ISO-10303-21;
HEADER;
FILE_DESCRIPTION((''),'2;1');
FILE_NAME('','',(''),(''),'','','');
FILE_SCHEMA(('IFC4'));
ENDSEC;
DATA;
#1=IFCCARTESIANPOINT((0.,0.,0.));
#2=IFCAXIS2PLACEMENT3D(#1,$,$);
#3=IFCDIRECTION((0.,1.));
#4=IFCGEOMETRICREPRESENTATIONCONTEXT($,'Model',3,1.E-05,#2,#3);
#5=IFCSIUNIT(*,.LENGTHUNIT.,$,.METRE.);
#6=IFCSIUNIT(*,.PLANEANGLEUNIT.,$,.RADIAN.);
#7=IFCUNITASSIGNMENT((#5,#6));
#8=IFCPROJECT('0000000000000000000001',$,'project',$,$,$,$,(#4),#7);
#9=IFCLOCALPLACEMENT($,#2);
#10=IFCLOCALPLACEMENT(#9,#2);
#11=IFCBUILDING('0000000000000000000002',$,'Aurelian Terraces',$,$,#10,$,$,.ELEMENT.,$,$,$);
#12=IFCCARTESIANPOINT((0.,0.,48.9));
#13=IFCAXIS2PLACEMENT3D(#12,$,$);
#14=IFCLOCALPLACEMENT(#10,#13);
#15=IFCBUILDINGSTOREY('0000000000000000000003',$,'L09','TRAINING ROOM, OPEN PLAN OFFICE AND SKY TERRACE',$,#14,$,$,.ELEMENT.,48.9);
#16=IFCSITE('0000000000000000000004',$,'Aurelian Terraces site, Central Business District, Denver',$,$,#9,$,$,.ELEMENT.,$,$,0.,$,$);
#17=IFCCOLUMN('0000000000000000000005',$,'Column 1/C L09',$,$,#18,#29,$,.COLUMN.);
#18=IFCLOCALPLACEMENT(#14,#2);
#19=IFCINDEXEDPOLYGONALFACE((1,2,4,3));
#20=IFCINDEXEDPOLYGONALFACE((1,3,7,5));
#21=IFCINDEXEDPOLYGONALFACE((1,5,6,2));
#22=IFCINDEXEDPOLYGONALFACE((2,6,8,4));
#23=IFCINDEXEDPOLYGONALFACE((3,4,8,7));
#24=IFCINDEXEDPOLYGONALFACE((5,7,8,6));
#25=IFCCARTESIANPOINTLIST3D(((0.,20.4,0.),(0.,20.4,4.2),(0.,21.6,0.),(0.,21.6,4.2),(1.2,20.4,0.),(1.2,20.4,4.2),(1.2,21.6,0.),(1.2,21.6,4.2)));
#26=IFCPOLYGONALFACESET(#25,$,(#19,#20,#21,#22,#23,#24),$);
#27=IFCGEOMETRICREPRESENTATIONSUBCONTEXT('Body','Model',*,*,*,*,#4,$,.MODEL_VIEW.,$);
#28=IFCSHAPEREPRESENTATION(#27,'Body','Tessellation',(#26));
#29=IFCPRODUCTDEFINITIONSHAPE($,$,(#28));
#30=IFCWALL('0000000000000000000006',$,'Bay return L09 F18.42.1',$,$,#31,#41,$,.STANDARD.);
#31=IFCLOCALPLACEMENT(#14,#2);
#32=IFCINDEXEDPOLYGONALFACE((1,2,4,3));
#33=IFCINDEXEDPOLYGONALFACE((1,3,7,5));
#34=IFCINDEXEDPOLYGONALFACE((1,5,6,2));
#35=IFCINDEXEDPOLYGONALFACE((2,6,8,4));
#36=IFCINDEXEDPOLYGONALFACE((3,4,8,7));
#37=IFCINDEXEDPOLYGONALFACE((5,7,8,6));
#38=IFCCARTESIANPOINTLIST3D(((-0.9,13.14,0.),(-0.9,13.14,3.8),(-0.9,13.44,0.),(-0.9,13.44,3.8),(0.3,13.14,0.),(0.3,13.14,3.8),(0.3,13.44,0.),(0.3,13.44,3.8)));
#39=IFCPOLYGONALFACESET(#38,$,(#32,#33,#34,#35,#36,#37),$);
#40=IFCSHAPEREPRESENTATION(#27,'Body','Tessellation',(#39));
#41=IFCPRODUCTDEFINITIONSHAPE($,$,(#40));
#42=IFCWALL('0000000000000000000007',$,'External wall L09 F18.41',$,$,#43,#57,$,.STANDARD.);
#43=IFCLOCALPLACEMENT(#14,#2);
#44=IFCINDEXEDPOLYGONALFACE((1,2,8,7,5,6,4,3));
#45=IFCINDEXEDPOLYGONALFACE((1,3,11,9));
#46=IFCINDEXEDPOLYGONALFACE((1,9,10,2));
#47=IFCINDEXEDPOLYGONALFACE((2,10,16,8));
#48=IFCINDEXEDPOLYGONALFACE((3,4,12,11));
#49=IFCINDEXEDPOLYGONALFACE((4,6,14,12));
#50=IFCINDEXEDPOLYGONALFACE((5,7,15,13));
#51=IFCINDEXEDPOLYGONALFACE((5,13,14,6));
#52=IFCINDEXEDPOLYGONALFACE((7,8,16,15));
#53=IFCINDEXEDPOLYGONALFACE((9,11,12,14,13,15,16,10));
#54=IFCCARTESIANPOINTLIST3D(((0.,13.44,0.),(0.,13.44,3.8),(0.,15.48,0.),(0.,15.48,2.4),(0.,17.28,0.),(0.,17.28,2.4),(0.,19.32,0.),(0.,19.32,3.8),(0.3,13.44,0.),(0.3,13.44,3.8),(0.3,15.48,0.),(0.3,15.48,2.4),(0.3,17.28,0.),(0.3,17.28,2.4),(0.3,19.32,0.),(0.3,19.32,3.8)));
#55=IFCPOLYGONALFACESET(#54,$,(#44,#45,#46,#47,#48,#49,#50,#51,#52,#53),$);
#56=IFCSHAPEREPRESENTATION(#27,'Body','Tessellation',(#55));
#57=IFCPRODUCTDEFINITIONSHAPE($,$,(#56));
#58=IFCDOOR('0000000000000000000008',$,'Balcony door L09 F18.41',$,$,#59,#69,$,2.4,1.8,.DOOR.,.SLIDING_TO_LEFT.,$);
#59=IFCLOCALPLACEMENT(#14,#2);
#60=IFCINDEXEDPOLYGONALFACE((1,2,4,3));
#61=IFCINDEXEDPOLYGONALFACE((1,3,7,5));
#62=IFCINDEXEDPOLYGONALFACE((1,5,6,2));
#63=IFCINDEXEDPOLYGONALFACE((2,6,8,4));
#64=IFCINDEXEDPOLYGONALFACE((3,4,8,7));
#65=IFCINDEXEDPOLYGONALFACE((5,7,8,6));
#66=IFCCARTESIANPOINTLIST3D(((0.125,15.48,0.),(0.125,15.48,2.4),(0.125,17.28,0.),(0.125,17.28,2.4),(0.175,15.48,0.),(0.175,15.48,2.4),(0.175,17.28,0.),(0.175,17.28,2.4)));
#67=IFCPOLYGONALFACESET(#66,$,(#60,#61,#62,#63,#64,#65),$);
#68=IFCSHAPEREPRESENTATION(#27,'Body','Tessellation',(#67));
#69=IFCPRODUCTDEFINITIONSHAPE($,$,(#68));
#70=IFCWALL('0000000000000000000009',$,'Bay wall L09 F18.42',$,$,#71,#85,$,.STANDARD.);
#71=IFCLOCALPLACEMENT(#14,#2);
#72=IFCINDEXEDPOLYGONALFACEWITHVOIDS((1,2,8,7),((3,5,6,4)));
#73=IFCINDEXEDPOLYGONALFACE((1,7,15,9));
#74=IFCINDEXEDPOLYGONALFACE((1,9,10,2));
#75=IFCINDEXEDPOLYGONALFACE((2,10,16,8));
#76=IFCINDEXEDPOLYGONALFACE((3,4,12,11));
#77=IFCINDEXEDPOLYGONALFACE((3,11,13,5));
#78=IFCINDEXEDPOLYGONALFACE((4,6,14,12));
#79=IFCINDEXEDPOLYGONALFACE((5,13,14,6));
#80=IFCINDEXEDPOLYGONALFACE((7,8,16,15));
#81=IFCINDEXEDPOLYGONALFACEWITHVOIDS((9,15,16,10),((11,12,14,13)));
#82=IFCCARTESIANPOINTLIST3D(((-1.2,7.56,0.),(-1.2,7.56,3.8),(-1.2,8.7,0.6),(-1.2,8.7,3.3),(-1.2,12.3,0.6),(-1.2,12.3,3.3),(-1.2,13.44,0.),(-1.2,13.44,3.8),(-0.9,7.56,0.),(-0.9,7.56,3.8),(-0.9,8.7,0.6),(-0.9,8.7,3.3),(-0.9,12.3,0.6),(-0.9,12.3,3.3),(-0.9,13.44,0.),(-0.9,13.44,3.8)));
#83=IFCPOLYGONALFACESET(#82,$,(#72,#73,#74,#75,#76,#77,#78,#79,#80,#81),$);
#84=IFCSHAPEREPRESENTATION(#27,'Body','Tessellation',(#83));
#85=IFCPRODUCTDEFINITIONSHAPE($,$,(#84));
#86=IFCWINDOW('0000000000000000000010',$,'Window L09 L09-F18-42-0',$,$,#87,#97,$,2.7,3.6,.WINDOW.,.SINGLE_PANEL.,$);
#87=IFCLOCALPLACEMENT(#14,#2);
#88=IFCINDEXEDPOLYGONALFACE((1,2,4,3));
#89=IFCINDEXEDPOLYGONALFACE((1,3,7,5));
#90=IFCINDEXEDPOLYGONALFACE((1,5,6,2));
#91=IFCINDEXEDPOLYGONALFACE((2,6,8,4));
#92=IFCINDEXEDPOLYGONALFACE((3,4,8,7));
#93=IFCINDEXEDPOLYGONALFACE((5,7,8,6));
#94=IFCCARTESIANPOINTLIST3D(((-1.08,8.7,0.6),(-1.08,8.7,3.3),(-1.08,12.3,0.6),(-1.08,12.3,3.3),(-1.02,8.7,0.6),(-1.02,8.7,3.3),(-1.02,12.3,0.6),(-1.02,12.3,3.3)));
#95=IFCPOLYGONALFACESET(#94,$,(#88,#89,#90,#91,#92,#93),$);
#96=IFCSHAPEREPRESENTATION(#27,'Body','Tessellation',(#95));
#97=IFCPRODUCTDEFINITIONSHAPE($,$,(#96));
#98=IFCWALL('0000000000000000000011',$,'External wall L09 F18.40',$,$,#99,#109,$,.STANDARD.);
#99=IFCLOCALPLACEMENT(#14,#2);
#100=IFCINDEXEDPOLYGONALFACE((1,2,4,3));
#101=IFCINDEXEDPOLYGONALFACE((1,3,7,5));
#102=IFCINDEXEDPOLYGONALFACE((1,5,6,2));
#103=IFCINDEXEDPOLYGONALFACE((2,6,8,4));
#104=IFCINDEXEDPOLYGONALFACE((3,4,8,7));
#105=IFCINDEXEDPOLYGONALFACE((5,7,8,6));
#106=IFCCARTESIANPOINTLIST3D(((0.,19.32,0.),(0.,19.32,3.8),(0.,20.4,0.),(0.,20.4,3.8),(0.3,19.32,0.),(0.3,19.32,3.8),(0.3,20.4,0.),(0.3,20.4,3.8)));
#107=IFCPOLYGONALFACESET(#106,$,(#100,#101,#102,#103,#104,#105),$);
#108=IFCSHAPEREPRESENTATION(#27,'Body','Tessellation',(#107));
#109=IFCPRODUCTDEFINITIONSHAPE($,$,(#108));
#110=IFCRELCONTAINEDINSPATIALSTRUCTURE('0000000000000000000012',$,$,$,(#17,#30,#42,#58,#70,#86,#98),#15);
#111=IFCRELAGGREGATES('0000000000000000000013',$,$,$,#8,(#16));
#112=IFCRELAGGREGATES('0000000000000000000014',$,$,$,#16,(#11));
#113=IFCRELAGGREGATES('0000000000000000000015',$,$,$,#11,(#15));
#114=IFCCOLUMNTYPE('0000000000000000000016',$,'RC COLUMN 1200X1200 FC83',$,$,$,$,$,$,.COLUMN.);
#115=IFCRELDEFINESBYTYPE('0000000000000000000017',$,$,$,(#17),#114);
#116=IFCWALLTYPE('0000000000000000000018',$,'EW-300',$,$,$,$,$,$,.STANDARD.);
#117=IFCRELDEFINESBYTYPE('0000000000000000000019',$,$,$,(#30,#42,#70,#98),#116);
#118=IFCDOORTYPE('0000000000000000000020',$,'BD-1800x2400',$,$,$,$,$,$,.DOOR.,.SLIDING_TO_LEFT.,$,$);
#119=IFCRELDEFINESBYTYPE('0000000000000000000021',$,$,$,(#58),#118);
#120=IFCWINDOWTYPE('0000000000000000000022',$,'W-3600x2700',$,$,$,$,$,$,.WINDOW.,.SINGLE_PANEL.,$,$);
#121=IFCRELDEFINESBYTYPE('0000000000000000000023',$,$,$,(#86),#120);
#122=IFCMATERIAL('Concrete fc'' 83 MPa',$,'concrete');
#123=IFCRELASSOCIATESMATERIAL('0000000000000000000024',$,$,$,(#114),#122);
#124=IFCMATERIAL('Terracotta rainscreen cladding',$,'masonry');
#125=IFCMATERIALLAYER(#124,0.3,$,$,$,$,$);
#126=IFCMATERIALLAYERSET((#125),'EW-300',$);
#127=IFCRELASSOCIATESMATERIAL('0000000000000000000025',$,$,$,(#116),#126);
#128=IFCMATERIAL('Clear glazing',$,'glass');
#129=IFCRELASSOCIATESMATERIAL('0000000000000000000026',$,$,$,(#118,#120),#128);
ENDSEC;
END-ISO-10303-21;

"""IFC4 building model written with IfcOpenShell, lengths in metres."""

from ifc_helpers import new_model, si_unit, direction, frame, frame_2d, origin, origin_2d, place, context, subcontext, project, spatial, rectangle, extrude, source, transform, mapped, material, layer, layer_set, material_profile, profile_set, type_object, element, fill, save


model = new_model("IFC4")

# Units and contexts
model_context = context("Model", 3, precision=1e-05, world=origin(), true_north=direction((0.0, 1.0)))
body_context = subcontext(model_context, "Body", "Model", "MODEL_VIEW")
ifc_project = project(units=[si_unit("LENGTHUNIT", "METRE"), si_unit("PLANEANGLEUNIT", "RADIAN")], contexts=[model_context])

# Site, building, storey
site_placement = place(None, origin())
site = spatial("IfcSite", under=ifc_project, at=site_placement, Name="Aurelian Terraces site, Central Business District, Denver", CompositionType="ELEMENT", RefElevation=0.0)
building_placement = place(site_placement, origin())
building = spatial("IfcBuilding", under=site, at=building_placement, Name="Aurelian Terraces", CompositionType="ELEMENT")
storey_placement = place(building_placement, frame((0.0, 0.0, 48.9)))
storey = spatial("IfcBuildingStorey", under=building, at=storey_placement, Name="L09", Description="TRAINING ROOM, OPEN PLAN OFFICE AND SKY TERRACE", CompositionType="ELEMENT", Elevation=48.9)

# Column
ifc_material_1 = material(Name="Concrete fc' 83 MPa", Category="concrete")
ifc_material_profile = material_profile(ifc_material_1, rectangle(XDim=1.2, YDim=1.2, at=origin_2d()))
ifc_profile_set = profile_set([ifc_material_profile], Name="Concrete fc' 83 MPa")
column_type = type_object("IfcColumnType", Name="RC COLUMN 1200X1200 FC83", PredefinedType="COLUMN", material=ifc_profile_set)
shared_shape_1 = source(origin(), body_context, "Body", "SweptSolid", [
    extrude(rectangle(XDim=1.2, YDim=1.2, at=origin_2d()), origin(), (0.0, 0.0, 1.0), 4.2),
])
column_placement = place(storey_placement, frame((0.6, 21.0, 0.0), z_axis=(0.0, 0.0, 1.0), x_axis=(1.0, 0.0, 0.0)))
element("IfcColumn", 1, at=column_placement, inside=storey, type_object=column_type, Name="Column 1/C L09", PredefinedType="COLUMN", context=body_context, shape_type="MappedRepresentation", body=[
    mapped(shared_shape_1, transform((0.0, 0.0, 0.0), scale=1.0)),
])

# Wall
ifc_material_2 = material(Name="Terracotta rainscreen cladding", Category="masonry")
ifc_layer_1 = layer(ifc_material_2, 0.3)
ifc_layer_set_1 = layer_set([ifc_layer_1], Name="EW-300")
wall_type_1 = type_object("IfcWallType", Name="EW-300", PredefinedType="STANDARD", material=ifc_layer_set_1)
shared_shape_2 = source(origin(), body_context, "Body", "SweptSolid", [
    extrude(rectangle(XDim=1.2, YDim=0.3, at=frame_2d((0.6, 0.0))), origin(), (0.0, 0.0, 1.0), 3.8),
])
wall_1_placement = place(storey_placement, frame((0.3, 13.29, 0.0), z_axis=(0.0, 0.0, 1.0), x_axis=(-1.0, 0.0, 0.0)))
element("IfcWall", 2, at=wall_1_placement, inside=storey, type_object=wall_type_1, Name="Bay return L09 F18.42.1", PredefinedType="STANDARD", context=body_context, shape_type="MappedRepresentation", body=[
    mapped(shared_shape_2, transform((0.0, 0.0, 0.0), scale=1.0)),
])

# Wall, opening, door
shared_shape_3 = source(origin(), body_context, "Body", "SweptSolid", [
    extrude(rectangle(XDim=5.88, YDim=0.3, at=frame_2d((2.94, 0.0))), origin(), (0.0, 0.0, 1.0), 3.8),
])
wall_2_placement = place(storey_placement, frame((0.15, 19.32, 0.0), z_axis=(0.0, 0.0, 1.0), x_axis=(0.0, -1.0, 0.0)))
wall_2 = element("IfcWall", 3, at=wall_2_placement, inside=storey, type_object=wall_type_1, Name="External wall L09 F18.41", PredefinedType="STANDARD", context=body_context, shape_type="MappedRepresentation", body=[
    mapped(shared_shape_3, transform((0.0, 0.0, 0.0), scale=1.0)),
])
shared_shape_4 = source(origin(), body_context, "Body", "SweptSolid", [
    extrude(rectangle(XDim=1.8, YDim=2.4, at=frame_2d((0.9, 1.2))), frame((0.0, 0.16, 0.0), z_axis=(0.0, -1.0, 0.0), x_axis=(1.0, 0.0, 0.0)), (0.0, 0.0, 1.0), 0.32),
])
opening_1_placement = place(wall_2_placement, frame((2.04, 0.0, 0.0)))
opening_1 = element("IfcOpeningElement", 4, at=opening_1_placement, cuts=wall_2, PredefinedType="OPENING", context=body_context, shape_type="MappedRepresentation", body=[
    mapped(shared_shape_4, transform((0.0, 0.0, 0.0), scale=1.0)),
])
ifc_material_3 = material(Name="Clear glazing", Category="glass")
door_type_1 = type_object("IfcDoorType", Name="BD-1800x2400", OperationType="SLIDING_TO_LEFT", PredefinedType="DOOR", material=ifc_material_3)
shared_shape_5 = source(origin(), body_context, "Body", "SweptSolid", [
    extrude(rectangle(XDim=1.8, YDim=2.4, at=frame_2d((0.9, 1.2))), frame((0.0, 0.025, 0.0), z_axis=(0.0, -1.0, 0.0), x_axis=(1.0, 0.0, 0.0)), (0.0, 0.0, 1.0), 0.05),
])
door_1_placement = place(opening_1_placement, origin())
door_1 = element("IfcDoor", 5, at=door_1_placement, inside=storey, type_object=door_type_1, Name="Balcony door L09 F18.41", OperationType="SLIDING_TO_LEFT", OverallHeight=2.4, OverallWidth=1.8, PredefinedType="DOOR", context=body_context, shape_type="MappedRepresentation", body=[
    mapped(shared_shape_5, transform((0.0, 0.0, 0.0), scale=1.0)),
])
fill(opening_1, door_1)

# Wall, opening, window
wall_3_placement = place(storey_placement, frame((-1.05, 13.44, 0.0), z_axis=(0.0, 0.0, 1.0), x_axis=(0.0, -1.0, 0.0)))
wall_3 = element("IfcWall", 6, at=wall_3_placement, inside=storey, type_object=wall_type_1, Name="Bay wall L09 F18.42", PredefinedType="STANDARD", context=body_context, shape_type="MappedRepresentation", body=[
    mapped(shared_shape_3, transform((0.0, 0.0, 0.0), scale=1.0)),
])
shared_shape_6 = source(origin(), body_context, "Body", "SweptSolid", [
    extrude(rectangle(XDim=3.6, YDim=2.7, at=frame_2d((1.8, 1.35))), frame((0.0, 0.16, 0.0), z_axis=(0.0, -1.0, 0.0), x_axis=(1.0, 0.0, 0.0)), (0.0, 0.0, 1.0), 0.32),
])
opening_2_placement = place(wall_3_placement, frame((1.14, 0.0, 0.6)))
opening_2 = element("IfcOpeningElement", 7, at=opening_2_placement, cuts=wall_3, PredefinedType="OPENING", context=body_context, shape_type="MappedRepresentation", body=[
    mapped(shared_shape_6, transform((0.0, 0.0, 0.0), scale=1.0)),
])
window_type = type_object("IfcWindowType", Name="W-3600x2700", PartitioningType="SINGLE_PANEL", PredefinedType="WINDOW", material=ifc_material_3)
shared_shape_7 = source(origin(), body_context, "Body", "SweptSolid", [
    extrude(rectangle(XDim=3.6, YDim=2.7, at=frame_2d((1.8, 1.35))), frame((0.0, 0.03, 0.0), z_axis=(0.0, -1.0, 0.0), x_axis=(1.0, 0.0, 0.0)), (0.0, 0.0, 1.0), 0.06),
])
window_placement = place(opening_2_placement, origin())
window = element("IfcWindow", 8, at=window_placement, inside=storey, type_object=window_type, Name="Window L09 L09-F18-42-0", OverallHeight=2.7, OverallWidth=3.6, PartitioningType="SINGLE_PANEL", PredefinedType="WINDOW", context=body_context, shape_type="MappedRepresentation", body=[
    mapped(shared_shape_7, transform((0.0, 0.0, 0.0), scale=1.0)),
])
fill(opening_2, window)

# Wall
shared_shape_8 = source(origin(), body_context, "Body", "SweptSolid", [
    extrude(rectangle(XDim=1.08, YDim=0.3, at=frame_2d((0.54, 0.0))), origin(), (0.0, 0.0, 1.0), 3.8),
])
wall_4_placement = place(storey_placement, frame((0.15, 20.4, 0.0), z_axis=(0.0, 0.0, 1.0), x_axis=(0.0, -1.0, 0.0)))
element("IfcWall", 9, at=wall_4_placement, inside=storey, type_object=wall_type_1, Name="External wall L09 F18.40", PredefinedType="STANDARD", context=body_context, shape_type="MappedRepresentation", body=[
    mapped(shared_shape_8, transform((0.0, 0.0, 0.0), scale=1.0)),
])

save(model, "model.ifc")
